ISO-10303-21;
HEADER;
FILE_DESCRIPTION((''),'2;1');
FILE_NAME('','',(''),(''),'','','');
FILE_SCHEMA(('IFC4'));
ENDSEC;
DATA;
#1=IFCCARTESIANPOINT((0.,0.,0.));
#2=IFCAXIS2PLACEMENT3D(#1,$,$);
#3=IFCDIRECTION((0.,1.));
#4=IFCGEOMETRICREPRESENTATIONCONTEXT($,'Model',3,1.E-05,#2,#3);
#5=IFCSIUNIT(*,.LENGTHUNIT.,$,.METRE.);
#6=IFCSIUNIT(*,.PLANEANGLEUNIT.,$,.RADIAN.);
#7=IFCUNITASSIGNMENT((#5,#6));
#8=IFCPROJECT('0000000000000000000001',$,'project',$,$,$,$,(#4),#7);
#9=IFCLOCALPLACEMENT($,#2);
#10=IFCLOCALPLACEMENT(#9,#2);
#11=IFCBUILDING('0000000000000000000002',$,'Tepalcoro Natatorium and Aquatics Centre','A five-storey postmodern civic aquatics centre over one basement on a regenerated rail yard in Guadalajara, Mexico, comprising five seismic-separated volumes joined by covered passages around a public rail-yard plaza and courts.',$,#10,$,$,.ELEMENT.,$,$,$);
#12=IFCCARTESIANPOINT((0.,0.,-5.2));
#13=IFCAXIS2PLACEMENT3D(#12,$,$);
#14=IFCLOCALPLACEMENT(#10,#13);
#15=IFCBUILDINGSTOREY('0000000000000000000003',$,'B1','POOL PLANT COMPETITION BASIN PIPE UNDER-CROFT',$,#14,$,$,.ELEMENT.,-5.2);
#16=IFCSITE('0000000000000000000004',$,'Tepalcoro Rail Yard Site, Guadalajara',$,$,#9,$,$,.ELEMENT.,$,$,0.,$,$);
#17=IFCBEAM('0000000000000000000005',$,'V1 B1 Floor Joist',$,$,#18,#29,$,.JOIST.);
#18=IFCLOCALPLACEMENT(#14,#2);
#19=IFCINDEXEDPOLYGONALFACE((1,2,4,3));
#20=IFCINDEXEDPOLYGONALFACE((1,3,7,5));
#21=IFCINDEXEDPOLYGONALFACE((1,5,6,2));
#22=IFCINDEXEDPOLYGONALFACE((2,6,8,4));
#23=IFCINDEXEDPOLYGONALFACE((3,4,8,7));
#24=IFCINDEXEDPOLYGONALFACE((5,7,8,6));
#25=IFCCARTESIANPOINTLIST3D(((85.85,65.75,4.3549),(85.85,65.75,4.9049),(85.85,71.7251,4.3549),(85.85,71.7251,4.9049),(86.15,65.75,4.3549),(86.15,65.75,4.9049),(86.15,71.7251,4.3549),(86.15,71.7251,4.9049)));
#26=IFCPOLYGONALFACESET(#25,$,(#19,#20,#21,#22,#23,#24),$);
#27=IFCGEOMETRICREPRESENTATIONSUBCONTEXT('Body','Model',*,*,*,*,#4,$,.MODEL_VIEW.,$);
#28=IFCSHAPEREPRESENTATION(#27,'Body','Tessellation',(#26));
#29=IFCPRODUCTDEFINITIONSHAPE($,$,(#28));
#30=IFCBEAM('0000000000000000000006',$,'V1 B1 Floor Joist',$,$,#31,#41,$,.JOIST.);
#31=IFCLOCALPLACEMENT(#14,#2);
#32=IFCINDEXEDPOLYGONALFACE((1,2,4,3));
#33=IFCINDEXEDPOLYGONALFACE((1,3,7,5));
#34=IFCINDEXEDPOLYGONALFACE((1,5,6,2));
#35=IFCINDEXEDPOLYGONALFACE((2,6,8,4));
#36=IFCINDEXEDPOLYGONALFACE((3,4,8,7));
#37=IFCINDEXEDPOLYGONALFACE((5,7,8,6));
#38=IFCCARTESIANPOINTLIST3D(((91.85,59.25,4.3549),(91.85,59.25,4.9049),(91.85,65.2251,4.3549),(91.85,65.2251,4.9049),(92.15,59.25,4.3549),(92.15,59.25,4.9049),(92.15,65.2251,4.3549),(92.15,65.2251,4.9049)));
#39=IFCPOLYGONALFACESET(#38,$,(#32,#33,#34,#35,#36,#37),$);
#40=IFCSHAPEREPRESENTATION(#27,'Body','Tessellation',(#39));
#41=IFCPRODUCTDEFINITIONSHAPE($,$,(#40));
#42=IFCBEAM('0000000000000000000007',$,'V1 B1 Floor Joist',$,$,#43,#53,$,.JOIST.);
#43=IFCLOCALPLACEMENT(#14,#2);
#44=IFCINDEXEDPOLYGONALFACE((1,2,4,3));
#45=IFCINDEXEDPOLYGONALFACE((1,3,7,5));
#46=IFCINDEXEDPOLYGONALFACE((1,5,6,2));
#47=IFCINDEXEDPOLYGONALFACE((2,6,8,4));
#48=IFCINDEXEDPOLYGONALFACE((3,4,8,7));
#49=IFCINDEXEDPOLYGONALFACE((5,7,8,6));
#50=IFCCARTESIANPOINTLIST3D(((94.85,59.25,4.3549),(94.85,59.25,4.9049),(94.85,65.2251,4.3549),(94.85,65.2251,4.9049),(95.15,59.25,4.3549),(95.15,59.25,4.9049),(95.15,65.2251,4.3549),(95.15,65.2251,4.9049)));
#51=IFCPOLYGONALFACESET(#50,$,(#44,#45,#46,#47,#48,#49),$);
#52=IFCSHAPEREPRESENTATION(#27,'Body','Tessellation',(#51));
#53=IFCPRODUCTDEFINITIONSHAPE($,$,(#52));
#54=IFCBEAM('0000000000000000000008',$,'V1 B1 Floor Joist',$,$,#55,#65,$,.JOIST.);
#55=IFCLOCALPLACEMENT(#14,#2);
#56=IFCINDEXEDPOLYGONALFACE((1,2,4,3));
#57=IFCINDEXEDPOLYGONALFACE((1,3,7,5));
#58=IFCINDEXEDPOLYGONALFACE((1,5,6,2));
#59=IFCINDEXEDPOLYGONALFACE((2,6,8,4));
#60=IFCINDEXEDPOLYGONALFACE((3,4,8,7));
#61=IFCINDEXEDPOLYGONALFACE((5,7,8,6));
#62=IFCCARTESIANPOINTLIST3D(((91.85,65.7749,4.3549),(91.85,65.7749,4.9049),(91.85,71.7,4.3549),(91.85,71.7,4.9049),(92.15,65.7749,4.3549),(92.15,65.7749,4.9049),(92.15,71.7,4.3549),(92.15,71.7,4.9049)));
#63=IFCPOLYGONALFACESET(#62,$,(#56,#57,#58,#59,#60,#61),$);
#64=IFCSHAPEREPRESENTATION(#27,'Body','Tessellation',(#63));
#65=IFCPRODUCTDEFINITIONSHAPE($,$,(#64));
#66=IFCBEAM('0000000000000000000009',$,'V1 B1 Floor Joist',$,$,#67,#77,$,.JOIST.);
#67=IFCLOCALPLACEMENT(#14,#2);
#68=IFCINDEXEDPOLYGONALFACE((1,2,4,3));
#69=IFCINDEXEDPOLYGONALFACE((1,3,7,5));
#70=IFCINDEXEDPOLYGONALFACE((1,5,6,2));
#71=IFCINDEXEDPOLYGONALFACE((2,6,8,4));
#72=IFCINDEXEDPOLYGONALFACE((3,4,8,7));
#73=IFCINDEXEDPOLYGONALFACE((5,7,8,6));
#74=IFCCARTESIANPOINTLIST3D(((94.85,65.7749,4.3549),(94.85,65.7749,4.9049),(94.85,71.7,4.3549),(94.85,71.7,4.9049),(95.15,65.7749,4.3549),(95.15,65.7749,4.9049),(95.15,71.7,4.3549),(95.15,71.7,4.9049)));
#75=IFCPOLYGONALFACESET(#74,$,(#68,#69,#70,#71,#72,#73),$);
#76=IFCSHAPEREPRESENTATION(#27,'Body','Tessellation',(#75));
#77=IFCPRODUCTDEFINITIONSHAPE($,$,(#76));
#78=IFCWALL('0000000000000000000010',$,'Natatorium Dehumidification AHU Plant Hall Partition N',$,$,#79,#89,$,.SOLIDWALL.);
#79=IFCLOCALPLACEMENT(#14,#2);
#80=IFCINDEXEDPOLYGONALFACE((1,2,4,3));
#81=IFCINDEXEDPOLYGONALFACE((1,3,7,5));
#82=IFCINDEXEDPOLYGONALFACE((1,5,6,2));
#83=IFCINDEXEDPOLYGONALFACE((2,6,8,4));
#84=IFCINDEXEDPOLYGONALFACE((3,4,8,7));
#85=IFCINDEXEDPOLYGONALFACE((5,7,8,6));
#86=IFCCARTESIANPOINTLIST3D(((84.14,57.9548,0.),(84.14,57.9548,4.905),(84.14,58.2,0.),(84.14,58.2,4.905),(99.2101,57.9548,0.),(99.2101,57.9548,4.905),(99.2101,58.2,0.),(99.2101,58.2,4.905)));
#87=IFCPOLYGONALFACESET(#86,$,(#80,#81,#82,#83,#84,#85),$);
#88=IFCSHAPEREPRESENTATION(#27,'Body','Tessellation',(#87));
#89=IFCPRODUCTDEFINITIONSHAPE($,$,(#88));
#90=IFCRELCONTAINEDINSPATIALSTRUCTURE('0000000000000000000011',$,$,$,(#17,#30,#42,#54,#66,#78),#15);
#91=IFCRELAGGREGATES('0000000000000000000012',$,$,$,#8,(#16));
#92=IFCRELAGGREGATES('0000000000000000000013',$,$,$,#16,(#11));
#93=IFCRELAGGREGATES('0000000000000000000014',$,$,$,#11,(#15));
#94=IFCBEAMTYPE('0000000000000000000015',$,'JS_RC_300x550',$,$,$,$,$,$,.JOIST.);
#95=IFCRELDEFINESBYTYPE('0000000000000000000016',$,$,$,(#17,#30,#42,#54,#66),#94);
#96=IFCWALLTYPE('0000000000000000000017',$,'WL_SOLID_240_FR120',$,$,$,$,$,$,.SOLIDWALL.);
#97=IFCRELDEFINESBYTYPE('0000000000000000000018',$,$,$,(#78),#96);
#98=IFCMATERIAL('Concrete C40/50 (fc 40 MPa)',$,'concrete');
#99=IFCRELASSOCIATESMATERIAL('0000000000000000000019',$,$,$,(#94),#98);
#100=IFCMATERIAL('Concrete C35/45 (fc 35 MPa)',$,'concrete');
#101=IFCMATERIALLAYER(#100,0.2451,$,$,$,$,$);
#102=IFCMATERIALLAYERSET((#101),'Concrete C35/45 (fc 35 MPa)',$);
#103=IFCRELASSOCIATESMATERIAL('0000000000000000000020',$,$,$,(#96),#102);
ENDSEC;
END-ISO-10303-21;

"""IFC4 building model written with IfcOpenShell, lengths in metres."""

from ifc_helpers import new_model, si_unit, direction, frame, frame_2d, origin, origin_2d, place, context, subcontext, project, spatial, rectangle, extrude, material, layer, layer_set, material_profile, profile_set, type_object, element, save


model = new_model("IFC4")

# Units and contexts
model_context = context("Model", 3, precision=1e-05, world=origin(), true_north=direction((0.0, 1.0)))
body_context = subcontext(model_context, "Body", "Model", "MODEL_VIEW")
ifc_project = project(units=[si_unit("LENGTHUNIT", "METRE"), si_unit("PLANEANGLEUNIT", "RADIAN")], contexts=[model_context])

# Site, building, storey
site_placement = place(None, origin())
site = spatial("IfcSite", under=ifc_project, at=site_placement, Name="Tepalcoro Rail Yard Site, Guadalajara", CompositionType="ELEMENT", RefElevation=0.0)
building_placement = place(site_placement, origin())
building = spatial("IfcBuilding", under=site, at=building_placement, Name="Tepalcoro Natatorium and Aquatics Centre", Description="A five-storey postmodern civic aquatics centre over one basement on a regenerated rail yard in Guadalajara, Mexico, comprising five seismic-separated volumes joined by covered passages around a public rail-yard plaza and courts.", CompositionType="ELEMENT")
storey_placement = place(building_placement, frame((0.0, 0.0, -5.2)))
storey = spatial("IfcBuildingStorey", under=building, at=storey_placement, Name="B1", Description="POOL PLANT COMPETITION BASIN PIPE UNDER-CROFT", CompositionType="ELEMENT", Elevation=-5.2)

# Shared definitions
ifc_material_1 = material(Name="Concrete C40/50 (fc 40 MPa)", Category="concrete")

# Beams
ifc_material_profile_1 = material_profile(ifc_material_1, rectangle(XDim=0.3, YDim=0.55, at=origin_2d()), Name="RCJ300x550")
ifc_profile_set_1 = profile_set([ifc_material_profile_1], Name="Concrete C40/50 (fc 40 MPa)")
beam_type_1 = type_object("IfcBeamType", Name="JS_RC_300x550", PredefinedType="JOIST", material=ifc_profile_set_1)
for number, where, z_axis, x_axis, name in (
    (1, (86.0, 65.75, 4.6299), (0.0, 1.0, 0.0), (-1.0, 0.0, 0.0), "V1 B1 Floor Joist"),
    (2, (92.0, 59.25, 4.6299), (0.0, 1.0, 0.0), (-1.0, 0.0, 0.0), "V1 B1 Floor Joist"),
    (3, (95.0, 59.25, 4.6299), (0.0, 1.0, 0.0), (-1.0, 0.0, 0.0), "V1 B1 Floor Joist"),
):
    element("IfcBeam", number, at=place(storey_placement, frame(where, z_axis=z_axis, x_axis=x_axis)), inside=storey, type_object=beam_type_1, Name=name, PredefinedType="JOIST", context=body_context, shape_type="SweptSolid", body=[
        extrude(rectangle(XDim=0.3, YDim=0.55, at=origin_2d()), origin(), (0.0, 0.0, 1.0), 5.9751),
    ])
for number, where, z_axis, x_axis, name in (
    (4, (92.0, 65.7749, 4.6299), (0.0, 1.0, 0.0), (-1.0, 0.0, 0.0), "V1 B1 Floor Joist"),
    (5, (95.0, 65.7749, 4.6299), (0.0, 1.0, 0.0), (-1.0, 0.0, 0.0), "V1 B1 Floor Joist"),
):
    element("IfcBeam", number, at=place(storey_placement, frame(where, z_axis=z_axis, x_axis=x_axis)), inside=storey, type_object=beam_type_1, Name=name, PredefinedType="JOIST", context=body_context, shape_type="SweptSolid", body=[
        extrude(rectangle(XDim=0.3, YDim=0.55, at=origin_2d()), origin(), (0.0, 0.0, 1.0), 5.925),
    ])

# Wall
ifc_material_2 = material(Name="Concrete C35/45 (fc 35 MPa)", Category="concrete")
ifc_layer = layer(ifc_material_2, 0.2451)
ifc_layer_set = layer_set([ifc_layer], Name="Concrete C35/45 (fc 35 MPa)")
wall_type = type_object("IfcWallType", Name="WL_SOLID_240_FR120", PredefinedType="SOLIDWALL", material=ifc_layer_set)
wall_placement = place(storey_placement, frame((84.1399, 58.0774, 0.0), z_axis=(0.0, 0.0, 1.0), x_axis=(1.0, 0.0, 0.0)))
element("IfcWall", 6, at=wall_placement, inside=storey, type_object=wall_type, Name="Natatorium Dehumidification AHU Plant Hall Partition N", PredefinedType="SOLIDWALL", context=body_context, shape_type="SweptSolid", body=[
    extrude(rectangle(XDim=15.0701, YDim=0.2451, at=frame_2d((7.5352, 0.0))), origin(), (0.0, 0.0, 1.0), 4.905),
])

save(model, "model.ifc")
